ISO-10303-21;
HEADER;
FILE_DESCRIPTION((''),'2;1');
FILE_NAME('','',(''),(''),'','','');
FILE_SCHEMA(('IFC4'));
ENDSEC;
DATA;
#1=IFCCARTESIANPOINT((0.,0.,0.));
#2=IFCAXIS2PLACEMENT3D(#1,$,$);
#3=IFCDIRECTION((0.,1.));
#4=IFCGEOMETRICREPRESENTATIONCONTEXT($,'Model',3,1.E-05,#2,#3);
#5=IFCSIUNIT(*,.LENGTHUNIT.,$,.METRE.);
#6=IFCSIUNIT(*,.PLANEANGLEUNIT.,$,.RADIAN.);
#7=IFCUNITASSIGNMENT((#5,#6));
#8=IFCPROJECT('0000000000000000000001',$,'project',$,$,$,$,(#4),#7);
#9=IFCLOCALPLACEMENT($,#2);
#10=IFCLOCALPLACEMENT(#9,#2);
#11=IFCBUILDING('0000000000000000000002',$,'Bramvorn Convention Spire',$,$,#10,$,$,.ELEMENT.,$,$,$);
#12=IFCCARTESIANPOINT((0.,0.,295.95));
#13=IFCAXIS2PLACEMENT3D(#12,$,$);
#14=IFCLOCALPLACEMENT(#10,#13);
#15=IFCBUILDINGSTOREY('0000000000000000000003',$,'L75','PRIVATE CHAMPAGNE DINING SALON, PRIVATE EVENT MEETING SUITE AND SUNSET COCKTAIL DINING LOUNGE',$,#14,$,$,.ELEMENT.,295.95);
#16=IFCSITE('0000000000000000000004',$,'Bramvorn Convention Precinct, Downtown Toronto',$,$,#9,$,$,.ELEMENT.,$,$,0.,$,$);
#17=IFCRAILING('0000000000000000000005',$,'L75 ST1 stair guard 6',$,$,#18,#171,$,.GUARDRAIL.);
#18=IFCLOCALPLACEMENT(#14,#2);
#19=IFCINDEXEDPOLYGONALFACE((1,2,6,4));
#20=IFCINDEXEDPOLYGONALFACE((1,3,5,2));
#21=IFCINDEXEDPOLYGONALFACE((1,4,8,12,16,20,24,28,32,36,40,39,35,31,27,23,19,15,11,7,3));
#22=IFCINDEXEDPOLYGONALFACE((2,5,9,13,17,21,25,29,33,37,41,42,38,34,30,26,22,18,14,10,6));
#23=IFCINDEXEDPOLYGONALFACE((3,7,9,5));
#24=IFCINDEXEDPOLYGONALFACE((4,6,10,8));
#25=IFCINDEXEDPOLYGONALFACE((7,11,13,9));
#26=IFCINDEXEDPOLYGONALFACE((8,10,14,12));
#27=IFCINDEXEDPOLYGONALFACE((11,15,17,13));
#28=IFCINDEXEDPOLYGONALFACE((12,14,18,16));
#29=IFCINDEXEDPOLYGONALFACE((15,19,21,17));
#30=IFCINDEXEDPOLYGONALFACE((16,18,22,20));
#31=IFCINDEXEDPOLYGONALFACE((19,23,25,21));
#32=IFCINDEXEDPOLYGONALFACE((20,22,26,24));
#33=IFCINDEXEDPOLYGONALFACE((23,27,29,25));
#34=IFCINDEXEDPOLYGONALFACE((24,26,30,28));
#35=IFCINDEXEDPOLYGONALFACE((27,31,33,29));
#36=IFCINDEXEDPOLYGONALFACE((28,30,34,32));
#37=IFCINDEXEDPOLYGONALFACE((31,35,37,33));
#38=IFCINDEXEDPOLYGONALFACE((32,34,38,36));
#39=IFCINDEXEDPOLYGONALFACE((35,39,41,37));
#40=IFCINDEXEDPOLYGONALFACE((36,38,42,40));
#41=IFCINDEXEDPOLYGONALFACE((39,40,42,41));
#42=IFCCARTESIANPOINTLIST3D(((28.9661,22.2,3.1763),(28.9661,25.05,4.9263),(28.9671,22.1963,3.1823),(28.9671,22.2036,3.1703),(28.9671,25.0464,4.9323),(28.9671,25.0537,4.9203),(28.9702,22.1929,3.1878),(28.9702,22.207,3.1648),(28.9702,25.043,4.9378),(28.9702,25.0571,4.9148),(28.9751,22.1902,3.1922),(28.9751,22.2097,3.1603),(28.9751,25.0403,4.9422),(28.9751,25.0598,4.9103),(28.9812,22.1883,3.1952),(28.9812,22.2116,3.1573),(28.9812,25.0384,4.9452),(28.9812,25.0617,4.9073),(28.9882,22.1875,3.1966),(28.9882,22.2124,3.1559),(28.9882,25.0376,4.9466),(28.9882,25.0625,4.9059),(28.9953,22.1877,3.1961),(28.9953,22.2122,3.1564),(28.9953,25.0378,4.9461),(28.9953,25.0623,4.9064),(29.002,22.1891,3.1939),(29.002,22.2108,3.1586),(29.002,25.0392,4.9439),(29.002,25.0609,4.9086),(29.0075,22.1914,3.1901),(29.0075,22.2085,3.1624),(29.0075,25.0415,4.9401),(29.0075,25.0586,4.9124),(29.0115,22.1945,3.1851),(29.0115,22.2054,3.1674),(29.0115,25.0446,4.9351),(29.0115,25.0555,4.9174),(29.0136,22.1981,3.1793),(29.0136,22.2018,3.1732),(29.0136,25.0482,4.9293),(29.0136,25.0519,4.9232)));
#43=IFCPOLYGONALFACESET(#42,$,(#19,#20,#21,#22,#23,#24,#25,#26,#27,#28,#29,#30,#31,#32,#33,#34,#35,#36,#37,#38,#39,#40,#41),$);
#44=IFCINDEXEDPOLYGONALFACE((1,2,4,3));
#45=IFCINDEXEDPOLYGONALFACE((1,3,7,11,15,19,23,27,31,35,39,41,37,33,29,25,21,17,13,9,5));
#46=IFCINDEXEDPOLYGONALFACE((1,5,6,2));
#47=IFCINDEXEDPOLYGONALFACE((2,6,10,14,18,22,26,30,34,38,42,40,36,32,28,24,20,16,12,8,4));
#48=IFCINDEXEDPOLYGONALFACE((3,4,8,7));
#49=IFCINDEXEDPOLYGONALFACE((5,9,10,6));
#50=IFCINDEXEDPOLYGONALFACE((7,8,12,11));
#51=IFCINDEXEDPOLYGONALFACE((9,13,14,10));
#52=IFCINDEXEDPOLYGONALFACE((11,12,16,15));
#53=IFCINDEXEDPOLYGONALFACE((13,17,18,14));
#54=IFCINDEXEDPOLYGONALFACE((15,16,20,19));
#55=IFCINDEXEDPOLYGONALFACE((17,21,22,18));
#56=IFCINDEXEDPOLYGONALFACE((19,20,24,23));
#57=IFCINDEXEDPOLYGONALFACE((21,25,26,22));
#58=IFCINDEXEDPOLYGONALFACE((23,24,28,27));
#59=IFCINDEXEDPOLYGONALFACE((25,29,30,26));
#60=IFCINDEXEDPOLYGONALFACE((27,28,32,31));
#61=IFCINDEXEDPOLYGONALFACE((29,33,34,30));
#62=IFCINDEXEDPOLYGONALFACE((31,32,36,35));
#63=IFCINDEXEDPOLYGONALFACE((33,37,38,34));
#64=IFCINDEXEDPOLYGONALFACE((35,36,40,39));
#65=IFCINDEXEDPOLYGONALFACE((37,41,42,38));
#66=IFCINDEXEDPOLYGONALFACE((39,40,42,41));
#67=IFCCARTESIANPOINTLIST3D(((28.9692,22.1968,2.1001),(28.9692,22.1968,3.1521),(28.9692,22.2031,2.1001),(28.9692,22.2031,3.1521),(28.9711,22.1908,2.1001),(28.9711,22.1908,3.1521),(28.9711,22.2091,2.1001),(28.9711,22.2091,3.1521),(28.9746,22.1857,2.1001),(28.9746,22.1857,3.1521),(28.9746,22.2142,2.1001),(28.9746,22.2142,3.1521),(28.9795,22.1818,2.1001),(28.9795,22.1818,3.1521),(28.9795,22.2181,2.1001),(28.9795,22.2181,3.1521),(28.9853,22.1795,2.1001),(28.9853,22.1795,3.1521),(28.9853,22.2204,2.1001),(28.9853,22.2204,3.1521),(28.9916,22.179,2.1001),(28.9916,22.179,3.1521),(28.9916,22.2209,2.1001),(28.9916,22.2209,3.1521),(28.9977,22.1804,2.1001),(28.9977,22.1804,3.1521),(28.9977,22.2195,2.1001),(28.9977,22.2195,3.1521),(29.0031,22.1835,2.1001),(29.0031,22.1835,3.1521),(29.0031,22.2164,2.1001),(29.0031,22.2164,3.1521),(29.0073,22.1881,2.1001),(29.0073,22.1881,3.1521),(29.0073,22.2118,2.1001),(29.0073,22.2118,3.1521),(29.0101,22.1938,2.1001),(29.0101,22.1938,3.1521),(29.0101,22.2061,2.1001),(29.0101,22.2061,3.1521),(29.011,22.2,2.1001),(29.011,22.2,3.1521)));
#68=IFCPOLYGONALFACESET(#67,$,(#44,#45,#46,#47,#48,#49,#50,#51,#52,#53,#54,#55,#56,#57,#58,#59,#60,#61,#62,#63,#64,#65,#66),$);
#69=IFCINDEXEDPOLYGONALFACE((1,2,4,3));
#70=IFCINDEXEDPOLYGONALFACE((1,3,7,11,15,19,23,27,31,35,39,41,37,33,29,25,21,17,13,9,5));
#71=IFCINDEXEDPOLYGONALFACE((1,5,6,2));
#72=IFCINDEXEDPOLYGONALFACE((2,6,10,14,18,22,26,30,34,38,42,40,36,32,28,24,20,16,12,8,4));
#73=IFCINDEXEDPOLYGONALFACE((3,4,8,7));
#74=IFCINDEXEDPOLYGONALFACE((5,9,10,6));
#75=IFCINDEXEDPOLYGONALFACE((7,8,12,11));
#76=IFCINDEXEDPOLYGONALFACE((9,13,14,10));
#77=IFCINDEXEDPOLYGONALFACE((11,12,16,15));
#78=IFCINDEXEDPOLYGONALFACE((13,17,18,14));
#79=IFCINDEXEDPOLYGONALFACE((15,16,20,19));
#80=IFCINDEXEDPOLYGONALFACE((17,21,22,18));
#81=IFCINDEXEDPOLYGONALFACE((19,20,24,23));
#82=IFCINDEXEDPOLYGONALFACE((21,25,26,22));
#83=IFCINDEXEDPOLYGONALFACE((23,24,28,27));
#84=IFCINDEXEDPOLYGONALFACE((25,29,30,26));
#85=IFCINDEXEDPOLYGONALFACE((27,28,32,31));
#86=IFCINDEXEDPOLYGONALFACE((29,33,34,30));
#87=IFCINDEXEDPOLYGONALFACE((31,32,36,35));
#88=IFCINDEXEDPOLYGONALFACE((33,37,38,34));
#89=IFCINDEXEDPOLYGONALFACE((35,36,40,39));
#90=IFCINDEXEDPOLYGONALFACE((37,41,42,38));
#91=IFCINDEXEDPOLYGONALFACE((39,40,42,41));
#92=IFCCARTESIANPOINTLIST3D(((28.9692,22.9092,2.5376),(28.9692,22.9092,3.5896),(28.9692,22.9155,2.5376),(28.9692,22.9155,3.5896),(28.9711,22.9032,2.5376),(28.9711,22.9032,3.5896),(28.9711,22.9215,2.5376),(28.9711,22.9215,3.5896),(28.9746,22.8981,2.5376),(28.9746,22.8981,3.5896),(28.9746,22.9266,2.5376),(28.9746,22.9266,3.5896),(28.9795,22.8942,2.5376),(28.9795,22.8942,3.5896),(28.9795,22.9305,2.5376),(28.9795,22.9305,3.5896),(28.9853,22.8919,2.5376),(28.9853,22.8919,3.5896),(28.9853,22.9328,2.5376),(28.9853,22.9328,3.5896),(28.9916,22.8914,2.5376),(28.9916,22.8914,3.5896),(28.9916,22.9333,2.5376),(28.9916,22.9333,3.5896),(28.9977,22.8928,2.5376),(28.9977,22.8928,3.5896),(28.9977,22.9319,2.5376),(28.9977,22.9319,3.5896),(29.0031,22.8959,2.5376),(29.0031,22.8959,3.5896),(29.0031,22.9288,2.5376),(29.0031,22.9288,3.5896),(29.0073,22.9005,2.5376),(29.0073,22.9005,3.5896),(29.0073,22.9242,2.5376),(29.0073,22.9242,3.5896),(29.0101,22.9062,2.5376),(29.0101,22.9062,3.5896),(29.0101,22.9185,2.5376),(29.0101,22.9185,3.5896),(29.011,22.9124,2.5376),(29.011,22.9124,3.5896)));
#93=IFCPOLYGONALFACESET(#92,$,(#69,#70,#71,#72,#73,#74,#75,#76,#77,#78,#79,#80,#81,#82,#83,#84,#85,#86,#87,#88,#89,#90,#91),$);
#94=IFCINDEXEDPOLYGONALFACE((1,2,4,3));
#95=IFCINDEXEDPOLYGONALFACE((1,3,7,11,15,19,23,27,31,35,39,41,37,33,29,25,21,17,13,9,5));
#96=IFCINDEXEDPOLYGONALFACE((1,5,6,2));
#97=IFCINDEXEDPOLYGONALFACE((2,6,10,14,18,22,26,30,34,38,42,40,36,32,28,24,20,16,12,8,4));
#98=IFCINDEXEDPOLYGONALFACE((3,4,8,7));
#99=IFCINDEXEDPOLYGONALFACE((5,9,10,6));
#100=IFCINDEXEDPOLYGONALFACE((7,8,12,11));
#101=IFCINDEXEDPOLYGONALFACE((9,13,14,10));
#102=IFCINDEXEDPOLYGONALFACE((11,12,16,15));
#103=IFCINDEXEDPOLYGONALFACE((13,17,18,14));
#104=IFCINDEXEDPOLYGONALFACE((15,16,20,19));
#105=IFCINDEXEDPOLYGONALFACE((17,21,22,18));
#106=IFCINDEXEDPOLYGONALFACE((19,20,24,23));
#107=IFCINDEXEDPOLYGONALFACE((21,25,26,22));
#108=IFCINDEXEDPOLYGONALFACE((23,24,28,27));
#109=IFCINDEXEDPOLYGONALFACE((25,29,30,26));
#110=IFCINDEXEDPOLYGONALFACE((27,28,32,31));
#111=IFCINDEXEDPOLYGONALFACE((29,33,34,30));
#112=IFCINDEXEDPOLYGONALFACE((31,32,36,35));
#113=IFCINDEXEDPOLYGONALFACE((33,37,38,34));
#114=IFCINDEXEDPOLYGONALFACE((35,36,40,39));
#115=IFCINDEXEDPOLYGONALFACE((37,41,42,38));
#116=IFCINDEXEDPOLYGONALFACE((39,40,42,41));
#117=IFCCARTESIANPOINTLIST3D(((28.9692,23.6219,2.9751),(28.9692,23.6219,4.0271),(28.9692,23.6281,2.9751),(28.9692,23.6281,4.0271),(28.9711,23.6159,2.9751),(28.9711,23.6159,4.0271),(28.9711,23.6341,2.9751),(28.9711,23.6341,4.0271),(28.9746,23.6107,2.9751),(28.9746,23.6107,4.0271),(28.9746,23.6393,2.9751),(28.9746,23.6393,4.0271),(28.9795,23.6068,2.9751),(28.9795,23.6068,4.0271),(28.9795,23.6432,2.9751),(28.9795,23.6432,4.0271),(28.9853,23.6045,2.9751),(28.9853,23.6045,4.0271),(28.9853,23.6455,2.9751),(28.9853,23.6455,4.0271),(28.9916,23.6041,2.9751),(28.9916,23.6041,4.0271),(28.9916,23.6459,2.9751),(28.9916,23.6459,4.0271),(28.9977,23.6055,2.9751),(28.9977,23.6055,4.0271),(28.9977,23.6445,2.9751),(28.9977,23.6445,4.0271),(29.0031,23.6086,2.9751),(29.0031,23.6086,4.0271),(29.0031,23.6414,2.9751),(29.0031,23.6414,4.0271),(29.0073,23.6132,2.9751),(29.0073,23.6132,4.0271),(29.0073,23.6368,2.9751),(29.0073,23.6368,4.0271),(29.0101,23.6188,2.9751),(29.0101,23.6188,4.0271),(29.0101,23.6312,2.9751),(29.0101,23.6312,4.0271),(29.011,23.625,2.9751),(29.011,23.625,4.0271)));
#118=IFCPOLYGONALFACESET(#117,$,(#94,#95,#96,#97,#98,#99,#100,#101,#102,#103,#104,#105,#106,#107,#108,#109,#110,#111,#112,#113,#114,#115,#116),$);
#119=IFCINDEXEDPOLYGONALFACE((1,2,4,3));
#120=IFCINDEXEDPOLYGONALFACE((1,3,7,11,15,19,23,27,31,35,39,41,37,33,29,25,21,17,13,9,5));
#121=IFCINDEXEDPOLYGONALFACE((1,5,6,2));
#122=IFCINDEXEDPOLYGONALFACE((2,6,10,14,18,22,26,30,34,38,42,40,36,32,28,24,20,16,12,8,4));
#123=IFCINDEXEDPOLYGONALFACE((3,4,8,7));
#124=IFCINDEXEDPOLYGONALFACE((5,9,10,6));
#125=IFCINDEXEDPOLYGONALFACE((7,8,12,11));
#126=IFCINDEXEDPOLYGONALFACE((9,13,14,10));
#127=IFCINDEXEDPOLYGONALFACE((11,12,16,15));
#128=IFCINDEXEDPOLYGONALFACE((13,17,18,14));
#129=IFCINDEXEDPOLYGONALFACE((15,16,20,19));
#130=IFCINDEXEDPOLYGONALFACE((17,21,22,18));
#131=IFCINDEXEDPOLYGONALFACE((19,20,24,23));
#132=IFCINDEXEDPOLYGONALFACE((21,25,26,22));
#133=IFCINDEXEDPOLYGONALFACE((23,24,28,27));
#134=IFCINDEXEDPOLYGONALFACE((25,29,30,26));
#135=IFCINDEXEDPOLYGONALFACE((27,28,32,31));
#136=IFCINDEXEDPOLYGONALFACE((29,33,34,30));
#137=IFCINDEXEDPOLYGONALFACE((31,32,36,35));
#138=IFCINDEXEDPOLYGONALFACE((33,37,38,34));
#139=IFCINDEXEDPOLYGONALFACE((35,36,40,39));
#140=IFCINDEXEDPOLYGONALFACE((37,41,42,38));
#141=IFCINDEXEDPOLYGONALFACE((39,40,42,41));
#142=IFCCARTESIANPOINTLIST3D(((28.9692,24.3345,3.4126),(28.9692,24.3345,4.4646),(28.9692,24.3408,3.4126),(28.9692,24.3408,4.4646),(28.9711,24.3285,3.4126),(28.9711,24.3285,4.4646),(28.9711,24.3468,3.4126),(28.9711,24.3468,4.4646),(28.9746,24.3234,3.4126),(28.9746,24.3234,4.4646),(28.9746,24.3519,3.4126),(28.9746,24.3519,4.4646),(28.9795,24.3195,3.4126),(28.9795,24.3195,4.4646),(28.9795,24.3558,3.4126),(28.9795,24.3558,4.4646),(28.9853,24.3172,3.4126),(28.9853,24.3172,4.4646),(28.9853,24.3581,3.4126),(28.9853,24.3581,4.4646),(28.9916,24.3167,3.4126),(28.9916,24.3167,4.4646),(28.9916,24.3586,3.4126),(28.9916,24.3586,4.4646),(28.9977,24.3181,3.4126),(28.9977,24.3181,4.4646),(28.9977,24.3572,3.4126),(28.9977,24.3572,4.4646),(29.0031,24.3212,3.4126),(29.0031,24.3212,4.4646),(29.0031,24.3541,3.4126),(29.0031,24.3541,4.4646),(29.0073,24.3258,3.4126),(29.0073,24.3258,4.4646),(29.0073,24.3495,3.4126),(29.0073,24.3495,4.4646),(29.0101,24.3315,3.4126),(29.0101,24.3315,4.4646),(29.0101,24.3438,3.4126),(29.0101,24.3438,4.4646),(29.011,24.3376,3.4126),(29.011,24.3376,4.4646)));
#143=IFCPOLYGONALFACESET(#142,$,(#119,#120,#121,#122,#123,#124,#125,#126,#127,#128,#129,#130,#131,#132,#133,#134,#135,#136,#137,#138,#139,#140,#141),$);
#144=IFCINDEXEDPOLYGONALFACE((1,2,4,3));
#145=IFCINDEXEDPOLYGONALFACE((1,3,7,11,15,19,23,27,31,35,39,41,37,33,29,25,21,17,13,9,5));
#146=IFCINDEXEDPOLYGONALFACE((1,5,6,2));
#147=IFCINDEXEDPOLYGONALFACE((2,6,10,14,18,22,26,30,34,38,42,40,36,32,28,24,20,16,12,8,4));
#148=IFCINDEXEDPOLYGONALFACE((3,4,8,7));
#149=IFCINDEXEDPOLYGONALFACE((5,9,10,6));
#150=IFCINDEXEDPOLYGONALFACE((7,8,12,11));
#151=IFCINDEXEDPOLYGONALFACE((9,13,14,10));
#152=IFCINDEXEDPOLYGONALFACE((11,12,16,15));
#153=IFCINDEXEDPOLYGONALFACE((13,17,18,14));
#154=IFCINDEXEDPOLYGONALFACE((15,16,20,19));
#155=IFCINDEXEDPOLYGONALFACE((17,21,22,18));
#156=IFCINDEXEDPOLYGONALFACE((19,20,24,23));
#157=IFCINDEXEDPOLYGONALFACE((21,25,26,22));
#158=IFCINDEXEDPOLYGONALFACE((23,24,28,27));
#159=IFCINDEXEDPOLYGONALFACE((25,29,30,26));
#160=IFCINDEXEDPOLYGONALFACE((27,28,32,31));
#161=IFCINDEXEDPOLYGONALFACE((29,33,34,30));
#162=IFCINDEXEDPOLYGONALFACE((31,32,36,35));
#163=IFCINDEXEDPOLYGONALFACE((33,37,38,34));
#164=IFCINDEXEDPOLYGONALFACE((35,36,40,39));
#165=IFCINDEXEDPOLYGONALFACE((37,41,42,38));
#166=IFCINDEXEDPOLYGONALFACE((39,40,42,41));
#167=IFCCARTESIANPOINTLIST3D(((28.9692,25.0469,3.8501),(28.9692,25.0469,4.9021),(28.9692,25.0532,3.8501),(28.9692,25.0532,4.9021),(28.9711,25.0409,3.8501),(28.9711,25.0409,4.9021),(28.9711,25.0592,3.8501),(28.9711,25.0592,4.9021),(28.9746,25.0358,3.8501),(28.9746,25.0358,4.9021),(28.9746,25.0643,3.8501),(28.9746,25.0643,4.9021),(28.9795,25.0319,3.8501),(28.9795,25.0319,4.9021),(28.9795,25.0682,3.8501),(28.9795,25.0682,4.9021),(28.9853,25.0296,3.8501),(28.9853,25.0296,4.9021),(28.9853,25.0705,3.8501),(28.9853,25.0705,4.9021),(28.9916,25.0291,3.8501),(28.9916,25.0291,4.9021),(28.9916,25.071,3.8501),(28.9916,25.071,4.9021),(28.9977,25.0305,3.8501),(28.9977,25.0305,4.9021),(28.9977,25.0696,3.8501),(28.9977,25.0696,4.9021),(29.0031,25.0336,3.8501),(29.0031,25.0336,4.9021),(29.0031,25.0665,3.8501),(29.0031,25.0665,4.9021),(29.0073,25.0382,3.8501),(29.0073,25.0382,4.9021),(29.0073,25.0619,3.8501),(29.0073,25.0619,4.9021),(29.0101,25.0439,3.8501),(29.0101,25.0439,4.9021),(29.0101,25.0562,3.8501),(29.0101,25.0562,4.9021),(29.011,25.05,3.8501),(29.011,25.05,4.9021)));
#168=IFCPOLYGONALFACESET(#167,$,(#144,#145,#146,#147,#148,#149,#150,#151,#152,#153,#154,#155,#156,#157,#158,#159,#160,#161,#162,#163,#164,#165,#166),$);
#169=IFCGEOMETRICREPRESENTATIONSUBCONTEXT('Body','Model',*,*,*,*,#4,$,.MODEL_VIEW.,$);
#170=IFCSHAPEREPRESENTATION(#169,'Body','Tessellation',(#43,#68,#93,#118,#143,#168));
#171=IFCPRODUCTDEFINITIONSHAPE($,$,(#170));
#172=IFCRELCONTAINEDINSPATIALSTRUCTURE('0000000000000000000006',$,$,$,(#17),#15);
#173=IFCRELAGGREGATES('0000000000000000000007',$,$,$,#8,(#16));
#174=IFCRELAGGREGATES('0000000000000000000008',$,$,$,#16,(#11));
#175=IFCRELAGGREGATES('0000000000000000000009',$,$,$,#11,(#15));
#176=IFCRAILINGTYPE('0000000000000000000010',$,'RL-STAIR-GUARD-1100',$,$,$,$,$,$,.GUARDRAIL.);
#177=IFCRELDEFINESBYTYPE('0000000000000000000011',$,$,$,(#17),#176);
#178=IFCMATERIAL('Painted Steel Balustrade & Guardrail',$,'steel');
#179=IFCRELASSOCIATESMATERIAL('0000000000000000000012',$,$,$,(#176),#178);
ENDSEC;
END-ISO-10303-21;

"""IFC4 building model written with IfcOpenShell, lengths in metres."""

from ifc_helpers import new_model, si_unit, direction, frame, origin, origin_2d, place, context, subcontext, project, spatial, circle, extrude, material, type_object, element, save


model = new_model("IFC4")

# Units and contexts
model_context = context("Model", 3, precision=1e-05, world=origin(), true_north=direction((0.0, 1.0)))
body_context = subcontext(model_context, "Body", "Model", "MODEL_VIEW")
ifc_project = project(units=[si_unit("LENGTHUNIT", "METRE"), si_unit("PLANEANGLEUNIT", "RADIAN")], contexts=[model_context])

# Site, building, storey
site_placement = place(None, origin())
site = spatial("IfcSite", under=ifc_project, at=site_placement, Name="Bramvorn Convention Precinct, Downtown Toronto", CompositionType="ELEMENT", RefElevation=0.0)
building_placement = place(site_placement, origin())
building = spatial("IfcBuilding", under=site, at=building_placement, Name="Bramvorn Convention Spire", CompositionType="ELEMENT")
storey_placement = place(building_placement, frame((0.0, 0.0, 295.95)))
storey = spatial("IfcBuildingStorey", under=building, at=storey_placement, Name="L75", Description="PRIVATE CHAMPAGNE DINING SALON, PRIVATE EVENT MEETING SUITE AND SUNSET COCKTAIL DINING LOUNGE", CompositionType="ELEMENT", Elevation=295.95)

# Railing
ifc_material_1 = material(Name="Painted Steel Balustrade & Guardrail", Category="steel")
railing_type_1 = type_object("IfcRailingType", Name="RL-STAIR-GUARD-1100", PredefinedType="GUARDRAIL", material=ifc_material_1)
railing_1_placement = place(storey_placement, frame((28.99, 22.2, 2.1001)))
element("IfcRailing", 1, at=railing_1_placement, inside=storey, type_object=railing_type_1, Name="L75 ST1 stair guard 6", PredefinedType="GUARDRAIL", context=body_context, shape_type="SweptSolid", body=[
    extrude(circle(Radius=0.0239, at=origin_2d()), frame((0.0, 0.0, 1.0762), z_axis=(0.0, 0.852179, 0.52325), x_axis=(-1.0, 0.0, 0.0)), (0.0, 0.0, 1.0), 3.3445),
    extrude(circle(Radius=0.021, at=origin_2d()), origin(), (0.0, 0.0, 1.0), 1.052),
    extrude(circle(Radius=0.021, at=origin_2d()), frame((0.0, 0.7124, 0.4375)), (0.0, 0.0, 1.0), 1.052),
    extrude(circle(Radius=0.021, at=origin_2d()), frame((0.0, 1.425, 0.875)), (0.0, 0.0, 1.0), 1.052),
    extrude(circle(Radius=0.021, at=origin_2d()), frame((0.0, 2.1377, 1.3125)), (0.0, 0.0, 1.0), 1.052),
    extrude(circle(Radius=0.021, at=origin_2d()), frame((0.0, 2.8501, 1.75)), (0.0, 0.0, 1.0), 1.052),
])

save(model, "model.ifc")
